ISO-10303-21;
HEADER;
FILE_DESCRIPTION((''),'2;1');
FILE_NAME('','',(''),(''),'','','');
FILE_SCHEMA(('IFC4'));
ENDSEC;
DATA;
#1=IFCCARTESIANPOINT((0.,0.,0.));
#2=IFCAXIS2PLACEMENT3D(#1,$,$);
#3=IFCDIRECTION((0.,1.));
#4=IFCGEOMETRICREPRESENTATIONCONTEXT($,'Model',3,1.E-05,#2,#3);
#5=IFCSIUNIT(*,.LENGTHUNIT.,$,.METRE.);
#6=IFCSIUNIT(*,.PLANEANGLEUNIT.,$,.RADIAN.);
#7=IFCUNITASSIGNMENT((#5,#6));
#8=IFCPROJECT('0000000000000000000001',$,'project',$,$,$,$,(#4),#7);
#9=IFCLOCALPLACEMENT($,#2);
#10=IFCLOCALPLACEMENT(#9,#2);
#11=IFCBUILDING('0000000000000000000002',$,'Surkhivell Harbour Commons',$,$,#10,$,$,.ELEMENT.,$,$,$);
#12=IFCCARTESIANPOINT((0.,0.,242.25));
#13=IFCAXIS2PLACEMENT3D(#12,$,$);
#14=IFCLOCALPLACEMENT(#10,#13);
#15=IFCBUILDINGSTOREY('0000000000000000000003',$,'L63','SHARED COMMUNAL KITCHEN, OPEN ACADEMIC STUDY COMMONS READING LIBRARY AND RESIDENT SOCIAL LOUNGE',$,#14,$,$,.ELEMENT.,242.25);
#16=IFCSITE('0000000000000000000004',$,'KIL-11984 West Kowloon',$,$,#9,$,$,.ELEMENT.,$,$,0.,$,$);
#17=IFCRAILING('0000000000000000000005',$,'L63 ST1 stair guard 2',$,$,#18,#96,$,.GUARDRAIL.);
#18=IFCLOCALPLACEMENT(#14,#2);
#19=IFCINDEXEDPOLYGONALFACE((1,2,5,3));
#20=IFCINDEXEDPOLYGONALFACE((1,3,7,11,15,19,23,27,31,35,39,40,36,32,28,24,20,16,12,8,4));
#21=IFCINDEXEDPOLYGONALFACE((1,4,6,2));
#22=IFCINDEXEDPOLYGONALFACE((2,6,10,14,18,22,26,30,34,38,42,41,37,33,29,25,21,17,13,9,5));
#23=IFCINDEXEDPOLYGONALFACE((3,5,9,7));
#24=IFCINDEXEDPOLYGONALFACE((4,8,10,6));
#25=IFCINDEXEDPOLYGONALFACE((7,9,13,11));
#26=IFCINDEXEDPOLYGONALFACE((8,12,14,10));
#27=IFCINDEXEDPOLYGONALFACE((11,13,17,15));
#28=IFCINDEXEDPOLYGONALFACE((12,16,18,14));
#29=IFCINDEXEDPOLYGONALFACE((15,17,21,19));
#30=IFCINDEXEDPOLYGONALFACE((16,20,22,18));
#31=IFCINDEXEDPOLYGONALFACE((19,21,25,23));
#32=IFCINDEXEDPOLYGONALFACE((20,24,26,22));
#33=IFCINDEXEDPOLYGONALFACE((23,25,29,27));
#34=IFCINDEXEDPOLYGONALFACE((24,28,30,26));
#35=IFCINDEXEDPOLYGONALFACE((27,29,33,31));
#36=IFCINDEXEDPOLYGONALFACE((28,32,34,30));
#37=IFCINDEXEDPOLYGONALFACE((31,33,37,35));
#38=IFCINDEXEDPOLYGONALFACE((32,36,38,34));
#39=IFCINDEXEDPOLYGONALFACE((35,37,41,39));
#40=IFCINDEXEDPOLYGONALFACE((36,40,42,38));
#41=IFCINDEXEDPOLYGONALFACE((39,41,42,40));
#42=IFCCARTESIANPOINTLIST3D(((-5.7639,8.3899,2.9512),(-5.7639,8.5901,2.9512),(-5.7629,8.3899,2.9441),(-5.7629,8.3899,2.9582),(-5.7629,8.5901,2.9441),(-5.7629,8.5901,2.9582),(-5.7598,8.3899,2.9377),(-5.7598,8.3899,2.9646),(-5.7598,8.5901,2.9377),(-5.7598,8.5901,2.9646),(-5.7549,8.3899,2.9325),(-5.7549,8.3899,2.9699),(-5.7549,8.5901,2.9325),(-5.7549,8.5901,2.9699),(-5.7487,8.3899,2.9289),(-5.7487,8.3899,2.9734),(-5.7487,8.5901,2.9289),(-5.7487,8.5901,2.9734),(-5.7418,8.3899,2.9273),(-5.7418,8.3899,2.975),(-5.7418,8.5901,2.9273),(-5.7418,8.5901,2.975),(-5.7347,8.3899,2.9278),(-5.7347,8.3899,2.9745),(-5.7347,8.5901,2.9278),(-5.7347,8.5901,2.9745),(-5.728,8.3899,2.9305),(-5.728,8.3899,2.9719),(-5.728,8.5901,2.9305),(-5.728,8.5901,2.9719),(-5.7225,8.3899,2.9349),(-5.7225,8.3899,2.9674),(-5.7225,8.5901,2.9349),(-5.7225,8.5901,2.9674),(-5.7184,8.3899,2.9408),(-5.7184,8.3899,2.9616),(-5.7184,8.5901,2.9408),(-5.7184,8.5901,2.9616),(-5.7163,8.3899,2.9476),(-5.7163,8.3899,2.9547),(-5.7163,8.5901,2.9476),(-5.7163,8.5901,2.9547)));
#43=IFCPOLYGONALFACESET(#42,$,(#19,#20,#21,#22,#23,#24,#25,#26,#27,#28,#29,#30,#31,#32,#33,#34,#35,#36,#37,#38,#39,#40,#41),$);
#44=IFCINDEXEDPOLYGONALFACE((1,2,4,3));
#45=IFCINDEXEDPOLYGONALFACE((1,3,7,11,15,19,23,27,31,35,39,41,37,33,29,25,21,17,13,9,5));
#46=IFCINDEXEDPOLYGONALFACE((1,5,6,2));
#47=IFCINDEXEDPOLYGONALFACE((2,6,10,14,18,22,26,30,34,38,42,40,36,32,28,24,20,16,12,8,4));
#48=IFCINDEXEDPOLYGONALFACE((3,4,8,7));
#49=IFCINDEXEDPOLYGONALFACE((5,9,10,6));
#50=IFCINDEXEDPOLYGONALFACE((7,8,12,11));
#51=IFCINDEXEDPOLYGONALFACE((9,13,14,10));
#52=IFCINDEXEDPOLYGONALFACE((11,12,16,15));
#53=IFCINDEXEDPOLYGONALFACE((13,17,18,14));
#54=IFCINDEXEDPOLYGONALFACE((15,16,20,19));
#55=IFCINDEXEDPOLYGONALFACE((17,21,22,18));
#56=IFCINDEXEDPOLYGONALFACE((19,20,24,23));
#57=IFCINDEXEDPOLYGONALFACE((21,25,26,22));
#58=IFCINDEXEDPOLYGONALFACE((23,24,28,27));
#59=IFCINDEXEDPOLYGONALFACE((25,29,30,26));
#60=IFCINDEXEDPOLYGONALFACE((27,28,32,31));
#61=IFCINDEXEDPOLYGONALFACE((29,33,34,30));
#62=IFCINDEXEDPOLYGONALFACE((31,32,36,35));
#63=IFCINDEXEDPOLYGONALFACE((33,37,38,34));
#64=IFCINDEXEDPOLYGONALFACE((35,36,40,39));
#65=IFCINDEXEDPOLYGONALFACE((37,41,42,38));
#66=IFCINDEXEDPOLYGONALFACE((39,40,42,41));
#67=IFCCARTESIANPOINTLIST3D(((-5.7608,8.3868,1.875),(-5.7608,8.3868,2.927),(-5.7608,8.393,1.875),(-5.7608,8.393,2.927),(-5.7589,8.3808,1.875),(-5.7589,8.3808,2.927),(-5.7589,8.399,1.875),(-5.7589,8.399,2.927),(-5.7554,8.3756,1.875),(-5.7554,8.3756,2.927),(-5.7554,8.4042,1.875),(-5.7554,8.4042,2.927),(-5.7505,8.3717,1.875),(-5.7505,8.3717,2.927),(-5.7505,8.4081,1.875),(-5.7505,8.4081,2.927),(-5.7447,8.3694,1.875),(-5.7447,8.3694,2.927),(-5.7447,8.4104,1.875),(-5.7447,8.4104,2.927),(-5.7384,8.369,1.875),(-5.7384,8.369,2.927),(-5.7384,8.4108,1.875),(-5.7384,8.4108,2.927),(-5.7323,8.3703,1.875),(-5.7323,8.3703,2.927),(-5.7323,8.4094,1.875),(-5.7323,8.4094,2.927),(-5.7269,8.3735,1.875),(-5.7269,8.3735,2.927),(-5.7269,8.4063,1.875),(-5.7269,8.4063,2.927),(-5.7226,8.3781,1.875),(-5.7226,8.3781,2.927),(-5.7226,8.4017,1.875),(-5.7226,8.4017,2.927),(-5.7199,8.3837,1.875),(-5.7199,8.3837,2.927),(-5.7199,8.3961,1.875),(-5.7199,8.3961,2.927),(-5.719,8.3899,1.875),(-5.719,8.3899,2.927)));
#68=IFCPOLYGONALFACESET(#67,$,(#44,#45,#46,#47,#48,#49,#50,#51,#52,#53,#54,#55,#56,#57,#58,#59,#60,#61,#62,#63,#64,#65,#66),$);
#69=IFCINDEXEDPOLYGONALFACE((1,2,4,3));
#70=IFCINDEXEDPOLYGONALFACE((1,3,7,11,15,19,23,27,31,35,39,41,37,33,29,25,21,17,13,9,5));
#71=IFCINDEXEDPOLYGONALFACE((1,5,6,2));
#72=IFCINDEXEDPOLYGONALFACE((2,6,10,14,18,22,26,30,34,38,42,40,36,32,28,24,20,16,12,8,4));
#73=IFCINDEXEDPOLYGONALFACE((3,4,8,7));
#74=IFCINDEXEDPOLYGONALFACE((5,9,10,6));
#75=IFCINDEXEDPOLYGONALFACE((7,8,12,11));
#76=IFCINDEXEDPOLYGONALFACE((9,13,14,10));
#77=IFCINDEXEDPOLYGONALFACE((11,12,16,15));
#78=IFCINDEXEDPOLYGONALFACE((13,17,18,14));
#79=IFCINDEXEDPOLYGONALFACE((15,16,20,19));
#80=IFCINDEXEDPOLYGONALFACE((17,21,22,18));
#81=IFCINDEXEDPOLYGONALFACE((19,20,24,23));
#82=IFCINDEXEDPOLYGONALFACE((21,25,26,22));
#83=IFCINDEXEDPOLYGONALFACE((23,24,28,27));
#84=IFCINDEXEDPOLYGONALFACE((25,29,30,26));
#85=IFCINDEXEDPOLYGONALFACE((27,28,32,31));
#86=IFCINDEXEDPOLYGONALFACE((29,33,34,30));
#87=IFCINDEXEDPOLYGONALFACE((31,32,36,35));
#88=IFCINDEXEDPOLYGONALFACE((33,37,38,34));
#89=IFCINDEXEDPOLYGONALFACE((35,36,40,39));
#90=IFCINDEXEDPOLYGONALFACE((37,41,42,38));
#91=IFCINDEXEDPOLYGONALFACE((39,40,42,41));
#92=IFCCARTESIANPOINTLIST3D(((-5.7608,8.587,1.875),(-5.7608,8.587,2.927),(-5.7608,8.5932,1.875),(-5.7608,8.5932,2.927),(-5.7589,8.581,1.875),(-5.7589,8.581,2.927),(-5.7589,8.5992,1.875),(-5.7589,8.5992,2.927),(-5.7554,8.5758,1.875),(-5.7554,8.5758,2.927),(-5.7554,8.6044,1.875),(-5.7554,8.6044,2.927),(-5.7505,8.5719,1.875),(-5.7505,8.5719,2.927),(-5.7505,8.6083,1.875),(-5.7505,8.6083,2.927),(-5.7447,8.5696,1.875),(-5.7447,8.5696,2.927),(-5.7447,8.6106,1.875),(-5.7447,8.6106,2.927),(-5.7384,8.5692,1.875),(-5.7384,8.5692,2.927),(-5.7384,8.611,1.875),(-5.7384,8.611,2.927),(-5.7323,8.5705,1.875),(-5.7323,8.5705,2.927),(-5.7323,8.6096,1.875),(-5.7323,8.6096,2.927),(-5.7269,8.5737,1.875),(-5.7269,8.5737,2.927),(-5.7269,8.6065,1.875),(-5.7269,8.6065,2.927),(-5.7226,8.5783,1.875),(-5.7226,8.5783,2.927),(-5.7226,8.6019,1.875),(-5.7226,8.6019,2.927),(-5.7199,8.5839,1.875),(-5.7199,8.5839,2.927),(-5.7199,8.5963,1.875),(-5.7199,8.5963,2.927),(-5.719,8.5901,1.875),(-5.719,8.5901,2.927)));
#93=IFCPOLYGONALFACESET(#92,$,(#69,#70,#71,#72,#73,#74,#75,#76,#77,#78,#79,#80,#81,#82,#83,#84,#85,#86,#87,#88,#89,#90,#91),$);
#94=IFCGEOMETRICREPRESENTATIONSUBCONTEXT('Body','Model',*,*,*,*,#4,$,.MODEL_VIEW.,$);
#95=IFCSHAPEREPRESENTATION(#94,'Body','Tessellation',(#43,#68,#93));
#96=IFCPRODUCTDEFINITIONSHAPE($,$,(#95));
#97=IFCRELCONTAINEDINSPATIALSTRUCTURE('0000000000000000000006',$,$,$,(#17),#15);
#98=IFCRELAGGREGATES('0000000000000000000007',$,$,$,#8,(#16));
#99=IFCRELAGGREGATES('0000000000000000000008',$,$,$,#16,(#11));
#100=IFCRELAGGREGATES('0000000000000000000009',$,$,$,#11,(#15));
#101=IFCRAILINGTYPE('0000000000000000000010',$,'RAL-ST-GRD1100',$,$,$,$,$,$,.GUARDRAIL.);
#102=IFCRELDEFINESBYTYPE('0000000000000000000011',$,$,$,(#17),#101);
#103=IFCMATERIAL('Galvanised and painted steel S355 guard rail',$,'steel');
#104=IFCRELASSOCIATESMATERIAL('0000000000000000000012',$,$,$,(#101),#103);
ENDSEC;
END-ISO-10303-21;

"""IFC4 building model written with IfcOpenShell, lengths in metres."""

from ifc_helpers import new_model, si_unit, direction, frame, origin, origin_2d, place, context, subcontext, project, spatial, circle, extrude, material, type_object, element, save


model = new_model("IFC4")

# Units and contexts
model_context = context("Model", 3, precision=1e-05, world=origin(), true_north=direction((0.0, 1.0)))
body_context = subcontext(model_context, "Body", "Model", "MODEL_VIEW")
ifc_project = project(units=[si_unit("LENGTHUNIT", "METRE"), si_unit("PLANEANGLEUNIT", "RADIAN")], contexts=[model_context])

# Site, building, storey
site_placement = place(None, origin())
site = spatial("IfcSite", under=ifc_project, at=site_placement, Name="KIL-11984 West Kowloon", CompositionType="ELEMENT", RefElevation=0.0)
building_placement = place(site_placement, origin())
building = spatial("IfcBuilding", under=site, at=building_placement, Name="Surkhivell Harbour Commons", CompositionType="ELEMENT")
storey_placement = place(building_placement, frame((0.0, 0.0, 242.25)))
storey = spatial("IfcBuildingStorey", under=building, at=storey_placement, Name="L63", Description="SHARED COMMUNAL KITCHEN, OPEN ACADEMIC STUDY COMMONS READING LIBRARY AND RESIDENT SOCIAL LOUNGE", CompositionType="ELEMENT", Elevation=242.25)

# Railing
ifc_material_1 = material(Name="Galvanised and painted steel S355 guard rail", Category="steel")
railing_type_1 = type_object("IfcRailingType", Name="RAL-ST-GRD1100", PredefinedType="GUARDRAIL", material=ifc_material_1)
railing_1_placement = place(storey_placement, frame((-5.74, 8.3899, 1.875)))
element("IfcRailing", 1, at=railing_1_placement, inside=storey, type_object=railing_type_1, Name="L63 ST1 stair guard 2", PredefinedType="GUARDRAIL", context=body_context, shape_type="SweptSolid", body=[
    extrude(circle(Radius=0.0239, at=origin_2d()), frame((0.0, 0.0, 1.0762), z_axis=(0.0, 1.0, 0.0), x_axis=(-1.0, 0.0, 0.0)), (0.0, 0.0, 1.0), 0.2002),
    extrude(circle(Radius=0.021, at=origin_2d()), origin(), (0.0, 0.0, 1.0), 1.052),
    extrude(circle(Radius=0.021, at=origin_2d()), frame((0.0, 0.2002, 0.0)), (0.0, 0.0, 1.0), 1.052),
])

save(model, "model.ifc")
